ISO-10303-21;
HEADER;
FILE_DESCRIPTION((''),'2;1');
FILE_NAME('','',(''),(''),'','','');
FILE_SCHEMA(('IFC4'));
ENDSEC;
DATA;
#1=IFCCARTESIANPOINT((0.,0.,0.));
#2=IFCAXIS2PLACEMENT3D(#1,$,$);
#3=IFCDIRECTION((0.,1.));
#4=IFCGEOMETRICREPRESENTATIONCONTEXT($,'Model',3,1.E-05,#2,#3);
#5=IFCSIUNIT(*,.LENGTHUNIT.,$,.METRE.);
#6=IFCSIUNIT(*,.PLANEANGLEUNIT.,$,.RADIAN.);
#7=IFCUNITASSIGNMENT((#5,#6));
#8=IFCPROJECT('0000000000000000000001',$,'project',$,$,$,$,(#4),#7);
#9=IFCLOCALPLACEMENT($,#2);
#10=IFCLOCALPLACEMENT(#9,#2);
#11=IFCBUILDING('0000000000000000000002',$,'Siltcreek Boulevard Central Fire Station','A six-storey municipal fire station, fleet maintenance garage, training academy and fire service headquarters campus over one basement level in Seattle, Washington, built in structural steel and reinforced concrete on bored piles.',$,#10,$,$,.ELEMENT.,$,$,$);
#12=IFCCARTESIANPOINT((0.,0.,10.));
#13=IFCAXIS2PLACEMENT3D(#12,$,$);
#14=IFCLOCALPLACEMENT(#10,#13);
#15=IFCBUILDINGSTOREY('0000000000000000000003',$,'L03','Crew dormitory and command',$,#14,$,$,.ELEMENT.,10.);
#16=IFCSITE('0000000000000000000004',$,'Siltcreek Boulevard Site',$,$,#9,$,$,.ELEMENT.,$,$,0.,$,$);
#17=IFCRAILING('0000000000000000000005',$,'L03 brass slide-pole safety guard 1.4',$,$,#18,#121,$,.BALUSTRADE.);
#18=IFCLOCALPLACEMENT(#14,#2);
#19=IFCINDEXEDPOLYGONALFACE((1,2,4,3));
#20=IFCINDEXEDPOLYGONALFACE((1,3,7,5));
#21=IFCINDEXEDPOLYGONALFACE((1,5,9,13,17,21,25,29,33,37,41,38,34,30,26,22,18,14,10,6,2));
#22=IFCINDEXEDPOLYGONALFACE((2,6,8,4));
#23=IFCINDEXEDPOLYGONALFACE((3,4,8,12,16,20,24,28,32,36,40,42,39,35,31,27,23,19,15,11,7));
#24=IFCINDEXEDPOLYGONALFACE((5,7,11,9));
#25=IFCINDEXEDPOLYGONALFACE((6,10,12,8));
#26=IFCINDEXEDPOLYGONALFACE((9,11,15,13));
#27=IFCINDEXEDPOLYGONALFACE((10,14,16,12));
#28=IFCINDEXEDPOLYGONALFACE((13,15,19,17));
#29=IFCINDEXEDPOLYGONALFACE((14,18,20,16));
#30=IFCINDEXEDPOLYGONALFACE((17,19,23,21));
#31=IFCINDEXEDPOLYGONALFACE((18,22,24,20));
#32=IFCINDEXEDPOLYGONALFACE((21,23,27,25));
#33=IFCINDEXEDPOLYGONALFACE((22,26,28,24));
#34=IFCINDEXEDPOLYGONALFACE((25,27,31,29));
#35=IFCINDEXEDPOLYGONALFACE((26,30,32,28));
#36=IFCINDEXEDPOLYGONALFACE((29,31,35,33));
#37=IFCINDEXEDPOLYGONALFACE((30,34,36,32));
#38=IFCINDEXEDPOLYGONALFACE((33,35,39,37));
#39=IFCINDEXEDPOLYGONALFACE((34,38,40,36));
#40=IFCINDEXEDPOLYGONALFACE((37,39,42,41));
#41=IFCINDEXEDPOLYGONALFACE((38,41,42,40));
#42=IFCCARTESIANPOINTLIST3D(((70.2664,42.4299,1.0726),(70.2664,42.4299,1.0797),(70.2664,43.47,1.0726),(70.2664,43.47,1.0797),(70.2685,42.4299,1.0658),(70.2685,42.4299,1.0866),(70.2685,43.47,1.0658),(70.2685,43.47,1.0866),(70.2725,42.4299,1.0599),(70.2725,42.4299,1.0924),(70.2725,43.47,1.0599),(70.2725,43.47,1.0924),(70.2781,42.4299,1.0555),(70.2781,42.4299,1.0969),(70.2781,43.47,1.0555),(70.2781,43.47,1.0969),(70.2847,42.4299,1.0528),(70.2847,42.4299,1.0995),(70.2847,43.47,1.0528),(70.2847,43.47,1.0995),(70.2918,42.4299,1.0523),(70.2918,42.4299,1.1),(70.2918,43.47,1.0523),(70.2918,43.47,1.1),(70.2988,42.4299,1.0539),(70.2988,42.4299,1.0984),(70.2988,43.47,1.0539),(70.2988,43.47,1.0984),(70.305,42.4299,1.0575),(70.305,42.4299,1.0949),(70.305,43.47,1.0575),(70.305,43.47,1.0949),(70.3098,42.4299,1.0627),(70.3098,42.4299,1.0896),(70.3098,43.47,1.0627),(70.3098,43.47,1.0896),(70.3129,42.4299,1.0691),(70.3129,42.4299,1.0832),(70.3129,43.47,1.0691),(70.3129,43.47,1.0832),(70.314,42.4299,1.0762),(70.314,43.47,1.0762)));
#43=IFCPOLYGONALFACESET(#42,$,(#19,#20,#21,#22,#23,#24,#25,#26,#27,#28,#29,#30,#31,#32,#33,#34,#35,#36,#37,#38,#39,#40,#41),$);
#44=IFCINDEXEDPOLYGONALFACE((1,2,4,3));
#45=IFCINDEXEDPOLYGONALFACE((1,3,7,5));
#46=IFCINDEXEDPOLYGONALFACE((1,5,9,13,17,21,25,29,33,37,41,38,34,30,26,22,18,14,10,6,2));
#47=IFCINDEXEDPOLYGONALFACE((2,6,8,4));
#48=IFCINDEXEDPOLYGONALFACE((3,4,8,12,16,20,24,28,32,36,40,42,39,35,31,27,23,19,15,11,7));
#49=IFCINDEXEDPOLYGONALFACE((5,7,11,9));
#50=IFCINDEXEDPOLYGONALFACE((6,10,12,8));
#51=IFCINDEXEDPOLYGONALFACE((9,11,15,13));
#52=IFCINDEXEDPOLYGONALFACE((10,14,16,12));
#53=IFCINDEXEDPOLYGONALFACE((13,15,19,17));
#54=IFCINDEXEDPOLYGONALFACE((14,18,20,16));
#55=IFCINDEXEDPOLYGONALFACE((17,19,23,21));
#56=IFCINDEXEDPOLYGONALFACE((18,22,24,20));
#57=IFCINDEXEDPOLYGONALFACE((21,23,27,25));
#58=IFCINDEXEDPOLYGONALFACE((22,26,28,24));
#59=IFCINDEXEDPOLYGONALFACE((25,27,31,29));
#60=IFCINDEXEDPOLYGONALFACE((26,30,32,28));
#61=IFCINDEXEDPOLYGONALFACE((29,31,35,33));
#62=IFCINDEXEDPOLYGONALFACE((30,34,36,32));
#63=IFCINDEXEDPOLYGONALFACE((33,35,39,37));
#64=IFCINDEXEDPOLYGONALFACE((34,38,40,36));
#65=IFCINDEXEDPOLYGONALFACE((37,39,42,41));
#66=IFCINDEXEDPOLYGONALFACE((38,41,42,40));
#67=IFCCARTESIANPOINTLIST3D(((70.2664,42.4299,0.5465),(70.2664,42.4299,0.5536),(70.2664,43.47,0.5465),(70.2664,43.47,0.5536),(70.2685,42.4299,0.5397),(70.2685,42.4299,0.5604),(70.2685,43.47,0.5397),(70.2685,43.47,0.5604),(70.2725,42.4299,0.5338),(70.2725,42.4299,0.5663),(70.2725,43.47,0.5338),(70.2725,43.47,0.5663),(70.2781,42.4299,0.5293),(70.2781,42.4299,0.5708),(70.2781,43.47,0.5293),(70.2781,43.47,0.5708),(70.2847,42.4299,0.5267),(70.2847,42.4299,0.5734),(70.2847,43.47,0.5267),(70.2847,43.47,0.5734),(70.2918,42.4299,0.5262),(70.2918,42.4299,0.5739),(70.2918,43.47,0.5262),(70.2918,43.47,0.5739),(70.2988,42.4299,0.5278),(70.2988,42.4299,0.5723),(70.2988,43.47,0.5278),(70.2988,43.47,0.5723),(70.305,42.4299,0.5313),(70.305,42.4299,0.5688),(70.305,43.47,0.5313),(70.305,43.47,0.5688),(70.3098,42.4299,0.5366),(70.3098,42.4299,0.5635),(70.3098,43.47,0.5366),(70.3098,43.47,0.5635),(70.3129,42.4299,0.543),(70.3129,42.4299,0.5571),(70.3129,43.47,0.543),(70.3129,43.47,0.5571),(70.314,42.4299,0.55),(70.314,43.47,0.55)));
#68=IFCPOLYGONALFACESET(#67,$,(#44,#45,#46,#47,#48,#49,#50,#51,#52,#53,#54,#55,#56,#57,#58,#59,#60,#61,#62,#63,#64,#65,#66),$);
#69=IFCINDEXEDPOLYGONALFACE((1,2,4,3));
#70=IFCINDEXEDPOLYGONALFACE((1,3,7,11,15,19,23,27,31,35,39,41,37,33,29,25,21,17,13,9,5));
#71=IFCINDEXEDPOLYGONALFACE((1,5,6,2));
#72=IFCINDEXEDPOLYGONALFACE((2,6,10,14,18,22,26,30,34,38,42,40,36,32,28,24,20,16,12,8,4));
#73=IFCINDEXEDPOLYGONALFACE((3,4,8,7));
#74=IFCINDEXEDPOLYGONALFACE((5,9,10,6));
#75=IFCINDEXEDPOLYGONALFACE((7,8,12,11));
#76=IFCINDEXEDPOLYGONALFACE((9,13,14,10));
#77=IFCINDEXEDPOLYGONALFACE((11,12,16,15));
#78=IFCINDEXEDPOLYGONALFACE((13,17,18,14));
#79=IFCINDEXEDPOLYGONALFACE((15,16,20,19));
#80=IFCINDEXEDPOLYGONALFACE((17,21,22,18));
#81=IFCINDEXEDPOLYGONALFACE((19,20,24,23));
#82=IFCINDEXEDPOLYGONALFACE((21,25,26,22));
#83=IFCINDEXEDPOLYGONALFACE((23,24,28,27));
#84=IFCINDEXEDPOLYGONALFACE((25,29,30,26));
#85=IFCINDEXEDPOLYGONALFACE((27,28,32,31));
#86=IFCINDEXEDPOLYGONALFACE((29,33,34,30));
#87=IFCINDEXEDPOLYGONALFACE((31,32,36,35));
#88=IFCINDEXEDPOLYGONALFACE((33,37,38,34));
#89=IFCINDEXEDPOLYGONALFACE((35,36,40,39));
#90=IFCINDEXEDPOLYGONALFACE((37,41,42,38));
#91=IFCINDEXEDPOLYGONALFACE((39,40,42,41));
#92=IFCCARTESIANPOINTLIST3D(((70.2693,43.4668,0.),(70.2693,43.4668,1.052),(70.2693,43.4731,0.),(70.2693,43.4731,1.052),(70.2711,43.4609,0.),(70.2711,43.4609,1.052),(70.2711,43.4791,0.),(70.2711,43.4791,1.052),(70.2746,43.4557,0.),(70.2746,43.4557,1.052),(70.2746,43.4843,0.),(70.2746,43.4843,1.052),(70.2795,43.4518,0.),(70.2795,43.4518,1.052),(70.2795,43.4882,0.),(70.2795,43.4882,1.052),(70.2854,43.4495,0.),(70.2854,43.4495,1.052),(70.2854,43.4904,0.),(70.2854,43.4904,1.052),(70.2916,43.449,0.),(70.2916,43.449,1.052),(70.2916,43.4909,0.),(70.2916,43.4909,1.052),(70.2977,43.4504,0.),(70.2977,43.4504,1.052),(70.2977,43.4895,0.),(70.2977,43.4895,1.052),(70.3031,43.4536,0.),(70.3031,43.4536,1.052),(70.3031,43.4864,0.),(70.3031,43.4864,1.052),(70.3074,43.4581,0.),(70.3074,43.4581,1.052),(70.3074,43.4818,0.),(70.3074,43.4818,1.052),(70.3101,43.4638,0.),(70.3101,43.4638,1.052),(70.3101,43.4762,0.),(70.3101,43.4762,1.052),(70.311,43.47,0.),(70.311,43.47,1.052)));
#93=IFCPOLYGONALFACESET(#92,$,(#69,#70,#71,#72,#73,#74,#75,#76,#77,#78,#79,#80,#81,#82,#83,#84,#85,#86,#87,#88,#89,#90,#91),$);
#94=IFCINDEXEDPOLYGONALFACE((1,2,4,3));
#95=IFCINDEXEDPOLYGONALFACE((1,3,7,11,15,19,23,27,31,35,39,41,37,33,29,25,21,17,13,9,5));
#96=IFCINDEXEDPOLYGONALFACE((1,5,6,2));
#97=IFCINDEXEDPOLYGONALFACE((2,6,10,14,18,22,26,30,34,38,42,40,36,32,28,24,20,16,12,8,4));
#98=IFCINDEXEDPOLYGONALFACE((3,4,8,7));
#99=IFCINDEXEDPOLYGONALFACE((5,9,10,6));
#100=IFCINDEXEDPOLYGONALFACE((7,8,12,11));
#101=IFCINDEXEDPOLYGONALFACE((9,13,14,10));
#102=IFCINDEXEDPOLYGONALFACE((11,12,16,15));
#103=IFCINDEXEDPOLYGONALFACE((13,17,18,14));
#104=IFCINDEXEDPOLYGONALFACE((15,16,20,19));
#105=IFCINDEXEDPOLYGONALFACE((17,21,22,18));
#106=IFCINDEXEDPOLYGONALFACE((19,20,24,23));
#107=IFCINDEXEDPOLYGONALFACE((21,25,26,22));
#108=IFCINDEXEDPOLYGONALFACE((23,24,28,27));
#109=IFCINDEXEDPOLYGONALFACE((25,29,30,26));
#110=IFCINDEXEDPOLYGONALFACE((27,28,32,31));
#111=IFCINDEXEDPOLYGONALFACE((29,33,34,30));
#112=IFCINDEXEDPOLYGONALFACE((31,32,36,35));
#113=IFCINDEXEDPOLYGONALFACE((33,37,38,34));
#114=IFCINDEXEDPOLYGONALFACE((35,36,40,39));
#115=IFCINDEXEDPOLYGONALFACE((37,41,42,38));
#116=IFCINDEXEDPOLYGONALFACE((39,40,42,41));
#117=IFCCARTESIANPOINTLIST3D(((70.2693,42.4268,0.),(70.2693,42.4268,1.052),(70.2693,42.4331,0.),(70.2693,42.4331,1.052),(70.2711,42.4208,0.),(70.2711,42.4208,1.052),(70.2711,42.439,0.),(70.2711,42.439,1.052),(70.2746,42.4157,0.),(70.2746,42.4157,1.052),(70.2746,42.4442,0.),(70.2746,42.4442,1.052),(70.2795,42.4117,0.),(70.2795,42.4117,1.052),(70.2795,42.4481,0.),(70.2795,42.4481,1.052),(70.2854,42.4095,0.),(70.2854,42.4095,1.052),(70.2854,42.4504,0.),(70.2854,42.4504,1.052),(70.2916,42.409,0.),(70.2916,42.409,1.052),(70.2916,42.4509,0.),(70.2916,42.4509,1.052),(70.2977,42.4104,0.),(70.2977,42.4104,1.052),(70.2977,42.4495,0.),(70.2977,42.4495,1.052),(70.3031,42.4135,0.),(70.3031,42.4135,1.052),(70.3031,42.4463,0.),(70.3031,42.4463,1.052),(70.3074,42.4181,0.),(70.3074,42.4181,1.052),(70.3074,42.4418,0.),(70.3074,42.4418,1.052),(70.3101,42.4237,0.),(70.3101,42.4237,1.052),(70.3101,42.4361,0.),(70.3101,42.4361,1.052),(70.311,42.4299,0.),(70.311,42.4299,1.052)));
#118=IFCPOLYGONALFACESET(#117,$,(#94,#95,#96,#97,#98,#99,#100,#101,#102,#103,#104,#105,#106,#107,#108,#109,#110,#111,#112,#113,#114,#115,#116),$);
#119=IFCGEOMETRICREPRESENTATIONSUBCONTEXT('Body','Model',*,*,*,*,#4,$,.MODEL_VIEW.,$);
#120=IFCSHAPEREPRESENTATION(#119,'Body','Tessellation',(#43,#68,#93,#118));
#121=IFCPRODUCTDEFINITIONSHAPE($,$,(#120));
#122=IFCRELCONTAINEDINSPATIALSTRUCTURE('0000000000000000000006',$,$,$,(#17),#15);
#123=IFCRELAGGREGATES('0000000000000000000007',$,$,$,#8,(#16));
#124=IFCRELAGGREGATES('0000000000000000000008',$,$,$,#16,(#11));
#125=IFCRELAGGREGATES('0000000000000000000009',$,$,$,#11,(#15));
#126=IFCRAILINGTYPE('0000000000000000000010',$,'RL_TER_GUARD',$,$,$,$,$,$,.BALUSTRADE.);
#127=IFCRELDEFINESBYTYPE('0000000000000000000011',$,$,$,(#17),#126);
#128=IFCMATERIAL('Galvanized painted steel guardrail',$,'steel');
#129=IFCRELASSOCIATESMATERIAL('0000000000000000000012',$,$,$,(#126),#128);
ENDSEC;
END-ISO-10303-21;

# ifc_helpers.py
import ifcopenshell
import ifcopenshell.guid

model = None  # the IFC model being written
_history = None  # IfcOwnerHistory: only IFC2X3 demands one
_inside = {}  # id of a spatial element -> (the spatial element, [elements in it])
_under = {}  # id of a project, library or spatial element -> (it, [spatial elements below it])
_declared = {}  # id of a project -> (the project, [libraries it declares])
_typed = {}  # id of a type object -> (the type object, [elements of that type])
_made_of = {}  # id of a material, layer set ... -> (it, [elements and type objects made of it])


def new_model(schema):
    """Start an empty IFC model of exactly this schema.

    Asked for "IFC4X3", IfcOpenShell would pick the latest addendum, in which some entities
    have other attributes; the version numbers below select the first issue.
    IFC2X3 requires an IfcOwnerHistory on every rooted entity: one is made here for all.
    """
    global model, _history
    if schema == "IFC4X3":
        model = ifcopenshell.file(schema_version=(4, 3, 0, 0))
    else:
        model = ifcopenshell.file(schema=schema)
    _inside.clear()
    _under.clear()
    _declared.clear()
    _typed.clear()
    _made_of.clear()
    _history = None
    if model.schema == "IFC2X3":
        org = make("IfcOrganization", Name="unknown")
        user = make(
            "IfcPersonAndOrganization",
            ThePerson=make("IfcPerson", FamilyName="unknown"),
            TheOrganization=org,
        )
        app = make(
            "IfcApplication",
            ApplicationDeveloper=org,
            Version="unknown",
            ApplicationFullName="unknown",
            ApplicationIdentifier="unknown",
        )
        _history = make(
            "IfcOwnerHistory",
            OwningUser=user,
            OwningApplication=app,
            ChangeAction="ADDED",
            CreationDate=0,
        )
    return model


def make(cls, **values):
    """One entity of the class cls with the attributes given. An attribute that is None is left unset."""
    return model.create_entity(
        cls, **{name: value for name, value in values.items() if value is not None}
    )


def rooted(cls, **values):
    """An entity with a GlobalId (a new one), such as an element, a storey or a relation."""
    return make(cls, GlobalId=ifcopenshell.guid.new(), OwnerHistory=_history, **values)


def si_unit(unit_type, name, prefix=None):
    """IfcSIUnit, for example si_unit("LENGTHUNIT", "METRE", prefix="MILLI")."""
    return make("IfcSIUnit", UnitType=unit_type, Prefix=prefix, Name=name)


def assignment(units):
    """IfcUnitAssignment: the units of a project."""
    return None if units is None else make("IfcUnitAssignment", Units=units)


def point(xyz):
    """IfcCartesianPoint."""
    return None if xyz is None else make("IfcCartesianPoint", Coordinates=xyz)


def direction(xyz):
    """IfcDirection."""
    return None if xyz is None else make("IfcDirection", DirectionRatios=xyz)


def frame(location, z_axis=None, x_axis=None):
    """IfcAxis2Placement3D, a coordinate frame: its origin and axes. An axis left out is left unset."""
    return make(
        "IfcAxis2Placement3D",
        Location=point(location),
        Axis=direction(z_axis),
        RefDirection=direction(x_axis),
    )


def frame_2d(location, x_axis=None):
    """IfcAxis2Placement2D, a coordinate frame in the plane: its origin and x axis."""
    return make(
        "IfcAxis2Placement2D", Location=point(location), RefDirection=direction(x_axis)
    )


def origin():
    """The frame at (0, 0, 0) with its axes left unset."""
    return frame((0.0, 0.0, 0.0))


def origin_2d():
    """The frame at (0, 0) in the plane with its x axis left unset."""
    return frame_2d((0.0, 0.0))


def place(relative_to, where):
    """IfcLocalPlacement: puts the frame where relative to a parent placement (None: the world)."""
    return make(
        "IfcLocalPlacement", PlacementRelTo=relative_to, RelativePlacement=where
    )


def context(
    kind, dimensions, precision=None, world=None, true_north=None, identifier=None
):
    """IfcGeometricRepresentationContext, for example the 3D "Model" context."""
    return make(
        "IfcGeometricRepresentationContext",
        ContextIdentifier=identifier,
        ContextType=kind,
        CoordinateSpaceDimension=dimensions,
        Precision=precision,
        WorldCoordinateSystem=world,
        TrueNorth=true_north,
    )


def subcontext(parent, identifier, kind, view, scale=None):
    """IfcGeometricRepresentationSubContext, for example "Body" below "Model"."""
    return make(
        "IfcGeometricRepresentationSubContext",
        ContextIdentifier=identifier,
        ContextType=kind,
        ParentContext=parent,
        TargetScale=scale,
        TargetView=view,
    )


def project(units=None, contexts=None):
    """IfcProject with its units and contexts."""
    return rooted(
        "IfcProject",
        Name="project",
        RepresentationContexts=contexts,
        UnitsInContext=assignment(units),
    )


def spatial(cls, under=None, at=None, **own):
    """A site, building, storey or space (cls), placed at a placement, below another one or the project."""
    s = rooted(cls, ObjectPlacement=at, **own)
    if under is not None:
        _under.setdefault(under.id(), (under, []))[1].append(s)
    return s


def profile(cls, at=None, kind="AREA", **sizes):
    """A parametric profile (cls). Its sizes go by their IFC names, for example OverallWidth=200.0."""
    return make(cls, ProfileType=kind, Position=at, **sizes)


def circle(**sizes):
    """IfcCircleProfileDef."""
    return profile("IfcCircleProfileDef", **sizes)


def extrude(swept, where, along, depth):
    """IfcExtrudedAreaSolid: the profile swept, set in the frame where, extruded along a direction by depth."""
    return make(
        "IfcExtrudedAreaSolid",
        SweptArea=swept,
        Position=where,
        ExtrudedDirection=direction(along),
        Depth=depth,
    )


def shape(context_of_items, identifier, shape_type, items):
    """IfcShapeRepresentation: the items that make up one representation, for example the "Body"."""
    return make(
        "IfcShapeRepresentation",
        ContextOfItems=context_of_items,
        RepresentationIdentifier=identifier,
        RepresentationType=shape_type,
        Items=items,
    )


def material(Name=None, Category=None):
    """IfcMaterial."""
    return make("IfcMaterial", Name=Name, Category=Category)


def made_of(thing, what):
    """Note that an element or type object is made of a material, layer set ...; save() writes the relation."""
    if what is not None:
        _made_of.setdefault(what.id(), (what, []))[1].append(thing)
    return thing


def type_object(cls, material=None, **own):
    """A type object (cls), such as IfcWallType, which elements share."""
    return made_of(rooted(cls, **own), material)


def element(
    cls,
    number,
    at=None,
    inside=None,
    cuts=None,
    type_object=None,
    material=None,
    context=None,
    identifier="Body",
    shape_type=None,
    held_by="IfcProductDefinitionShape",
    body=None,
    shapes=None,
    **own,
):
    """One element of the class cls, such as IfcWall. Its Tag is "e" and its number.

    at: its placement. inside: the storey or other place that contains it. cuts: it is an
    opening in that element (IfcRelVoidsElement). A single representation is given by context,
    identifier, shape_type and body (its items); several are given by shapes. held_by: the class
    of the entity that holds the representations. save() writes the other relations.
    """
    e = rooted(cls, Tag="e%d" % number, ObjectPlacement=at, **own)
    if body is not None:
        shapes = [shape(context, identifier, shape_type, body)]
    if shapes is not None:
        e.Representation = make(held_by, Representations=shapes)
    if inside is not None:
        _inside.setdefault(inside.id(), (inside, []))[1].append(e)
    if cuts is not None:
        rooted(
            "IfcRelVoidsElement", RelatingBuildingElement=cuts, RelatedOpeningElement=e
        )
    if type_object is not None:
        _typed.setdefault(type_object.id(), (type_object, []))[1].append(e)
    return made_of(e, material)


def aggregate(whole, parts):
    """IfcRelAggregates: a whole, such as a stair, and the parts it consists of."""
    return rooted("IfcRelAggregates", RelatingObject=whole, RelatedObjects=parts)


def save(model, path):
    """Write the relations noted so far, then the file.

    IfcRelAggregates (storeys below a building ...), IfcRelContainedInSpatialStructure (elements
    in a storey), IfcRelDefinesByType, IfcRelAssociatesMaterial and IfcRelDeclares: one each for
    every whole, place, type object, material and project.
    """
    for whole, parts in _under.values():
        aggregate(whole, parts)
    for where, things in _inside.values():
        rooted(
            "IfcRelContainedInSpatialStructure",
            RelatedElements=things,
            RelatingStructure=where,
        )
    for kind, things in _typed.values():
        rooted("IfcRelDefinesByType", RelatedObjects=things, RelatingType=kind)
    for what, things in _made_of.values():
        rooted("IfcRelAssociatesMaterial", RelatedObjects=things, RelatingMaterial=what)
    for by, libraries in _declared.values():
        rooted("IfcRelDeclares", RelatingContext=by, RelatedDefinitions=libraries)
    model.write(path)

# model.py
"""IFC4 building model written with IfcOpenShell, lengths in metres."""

from ifc_helpers import new_model, si_unit, direction, frame, origin, origin_2d, place, context, subcontext, project, spatial, circle, extrude, material, type_object, element, save


model = new_model("IFC4")

# Units and contexts
model_context = context("Model", 3, precision=1e-05, world=origin(), true_north=direction((0.0, 1.0)))
body_context = subcontext(model_context, "Body", "Model", "MODEL_VIEW")
ifc_project = project(units=[si_unit("LENGTHUNIT", "METRE"), si_unit("PLANEANGLEUNIT", "RADIAN")], contexts=[model_context])

# Site, building, storey
site_placement = place(None, origin())
site = spatial("IfcSite", under=ifc_project, at=site_placement, Name="Siltcreek Boulevard Site", CompositionType="ELEMENT", RefElevation=0.0)
building_placement = place(site_placement, origin())
building = spatial("IfcBuilding", under=site, at=building_placement, Name="Siltcreek Boulevard Central Fire Station", Description="A six-storey municipal fire station, fleet maintenance garage, training academy and fire service headquarters campus over one basement level in Seattle, Washington, built in structural steel and reinforced concrete on bored piles.", CompositionType="ELEMENT")
storey_placement = place(building_placement, frame((0.0, 0.0, 10.0)))
storey = spatial("IfcBuildingStorey", under=building, at=storey_placement, Name="L03", Description="Crew dormitory and command", CompositionType="ELEMENT", Elevation=10.0)

# Railing
ifc_material_1 = material(Name="Galvanized painted steel guardrail", Category="steel")
railing_type = type_object("IfcRailingType", Name="RL_TER_GUARD", PredefinedType="BALUSTRADE", material=ifc_material_1)
railing_1_placement = place(storey_placement, frame((70.29, 43.47, 0.0)))
element("IfcRailing", 1, at=railing_1_placement, inside=storey, type_object=railing_type, Name="L03 brass slide-pole safety guard 1.4", PredefinedType="BALUSTRADE", context=body_context, shape_type="SweptSolid", body=[
    extrude(circle(Radius=0.0239, at=origin_2d()), frame((0.0, 0.0, 1.0762), z_axis=(0.0, -1.0, 0.0), x_axis=(1.0, 0.0, 0.0)), (0.0, 0.0, 1.0), 1.04),
    extrude(circle(Radius=0.0239, at=origin_2d()), frame((0.0, 0.0, 0.55), z_axis=(0.0, -1.0, 0.0), x_axis=(1.0, 0.0, 0.0)), (0.0, 0.0, 1.0), 1.04),
    extrude(circle(Radius=0.021, at=origin_2d()), origin(), (0.0, 0.0, 1.0), 1.052),
    extrude(circle(Radius=0.021, at=origin_2d()), frame((0.0, -1.04, 0.0)), (0.0, 0.0, 1.0), 1.052),
])

save(model, "model.ifc")
